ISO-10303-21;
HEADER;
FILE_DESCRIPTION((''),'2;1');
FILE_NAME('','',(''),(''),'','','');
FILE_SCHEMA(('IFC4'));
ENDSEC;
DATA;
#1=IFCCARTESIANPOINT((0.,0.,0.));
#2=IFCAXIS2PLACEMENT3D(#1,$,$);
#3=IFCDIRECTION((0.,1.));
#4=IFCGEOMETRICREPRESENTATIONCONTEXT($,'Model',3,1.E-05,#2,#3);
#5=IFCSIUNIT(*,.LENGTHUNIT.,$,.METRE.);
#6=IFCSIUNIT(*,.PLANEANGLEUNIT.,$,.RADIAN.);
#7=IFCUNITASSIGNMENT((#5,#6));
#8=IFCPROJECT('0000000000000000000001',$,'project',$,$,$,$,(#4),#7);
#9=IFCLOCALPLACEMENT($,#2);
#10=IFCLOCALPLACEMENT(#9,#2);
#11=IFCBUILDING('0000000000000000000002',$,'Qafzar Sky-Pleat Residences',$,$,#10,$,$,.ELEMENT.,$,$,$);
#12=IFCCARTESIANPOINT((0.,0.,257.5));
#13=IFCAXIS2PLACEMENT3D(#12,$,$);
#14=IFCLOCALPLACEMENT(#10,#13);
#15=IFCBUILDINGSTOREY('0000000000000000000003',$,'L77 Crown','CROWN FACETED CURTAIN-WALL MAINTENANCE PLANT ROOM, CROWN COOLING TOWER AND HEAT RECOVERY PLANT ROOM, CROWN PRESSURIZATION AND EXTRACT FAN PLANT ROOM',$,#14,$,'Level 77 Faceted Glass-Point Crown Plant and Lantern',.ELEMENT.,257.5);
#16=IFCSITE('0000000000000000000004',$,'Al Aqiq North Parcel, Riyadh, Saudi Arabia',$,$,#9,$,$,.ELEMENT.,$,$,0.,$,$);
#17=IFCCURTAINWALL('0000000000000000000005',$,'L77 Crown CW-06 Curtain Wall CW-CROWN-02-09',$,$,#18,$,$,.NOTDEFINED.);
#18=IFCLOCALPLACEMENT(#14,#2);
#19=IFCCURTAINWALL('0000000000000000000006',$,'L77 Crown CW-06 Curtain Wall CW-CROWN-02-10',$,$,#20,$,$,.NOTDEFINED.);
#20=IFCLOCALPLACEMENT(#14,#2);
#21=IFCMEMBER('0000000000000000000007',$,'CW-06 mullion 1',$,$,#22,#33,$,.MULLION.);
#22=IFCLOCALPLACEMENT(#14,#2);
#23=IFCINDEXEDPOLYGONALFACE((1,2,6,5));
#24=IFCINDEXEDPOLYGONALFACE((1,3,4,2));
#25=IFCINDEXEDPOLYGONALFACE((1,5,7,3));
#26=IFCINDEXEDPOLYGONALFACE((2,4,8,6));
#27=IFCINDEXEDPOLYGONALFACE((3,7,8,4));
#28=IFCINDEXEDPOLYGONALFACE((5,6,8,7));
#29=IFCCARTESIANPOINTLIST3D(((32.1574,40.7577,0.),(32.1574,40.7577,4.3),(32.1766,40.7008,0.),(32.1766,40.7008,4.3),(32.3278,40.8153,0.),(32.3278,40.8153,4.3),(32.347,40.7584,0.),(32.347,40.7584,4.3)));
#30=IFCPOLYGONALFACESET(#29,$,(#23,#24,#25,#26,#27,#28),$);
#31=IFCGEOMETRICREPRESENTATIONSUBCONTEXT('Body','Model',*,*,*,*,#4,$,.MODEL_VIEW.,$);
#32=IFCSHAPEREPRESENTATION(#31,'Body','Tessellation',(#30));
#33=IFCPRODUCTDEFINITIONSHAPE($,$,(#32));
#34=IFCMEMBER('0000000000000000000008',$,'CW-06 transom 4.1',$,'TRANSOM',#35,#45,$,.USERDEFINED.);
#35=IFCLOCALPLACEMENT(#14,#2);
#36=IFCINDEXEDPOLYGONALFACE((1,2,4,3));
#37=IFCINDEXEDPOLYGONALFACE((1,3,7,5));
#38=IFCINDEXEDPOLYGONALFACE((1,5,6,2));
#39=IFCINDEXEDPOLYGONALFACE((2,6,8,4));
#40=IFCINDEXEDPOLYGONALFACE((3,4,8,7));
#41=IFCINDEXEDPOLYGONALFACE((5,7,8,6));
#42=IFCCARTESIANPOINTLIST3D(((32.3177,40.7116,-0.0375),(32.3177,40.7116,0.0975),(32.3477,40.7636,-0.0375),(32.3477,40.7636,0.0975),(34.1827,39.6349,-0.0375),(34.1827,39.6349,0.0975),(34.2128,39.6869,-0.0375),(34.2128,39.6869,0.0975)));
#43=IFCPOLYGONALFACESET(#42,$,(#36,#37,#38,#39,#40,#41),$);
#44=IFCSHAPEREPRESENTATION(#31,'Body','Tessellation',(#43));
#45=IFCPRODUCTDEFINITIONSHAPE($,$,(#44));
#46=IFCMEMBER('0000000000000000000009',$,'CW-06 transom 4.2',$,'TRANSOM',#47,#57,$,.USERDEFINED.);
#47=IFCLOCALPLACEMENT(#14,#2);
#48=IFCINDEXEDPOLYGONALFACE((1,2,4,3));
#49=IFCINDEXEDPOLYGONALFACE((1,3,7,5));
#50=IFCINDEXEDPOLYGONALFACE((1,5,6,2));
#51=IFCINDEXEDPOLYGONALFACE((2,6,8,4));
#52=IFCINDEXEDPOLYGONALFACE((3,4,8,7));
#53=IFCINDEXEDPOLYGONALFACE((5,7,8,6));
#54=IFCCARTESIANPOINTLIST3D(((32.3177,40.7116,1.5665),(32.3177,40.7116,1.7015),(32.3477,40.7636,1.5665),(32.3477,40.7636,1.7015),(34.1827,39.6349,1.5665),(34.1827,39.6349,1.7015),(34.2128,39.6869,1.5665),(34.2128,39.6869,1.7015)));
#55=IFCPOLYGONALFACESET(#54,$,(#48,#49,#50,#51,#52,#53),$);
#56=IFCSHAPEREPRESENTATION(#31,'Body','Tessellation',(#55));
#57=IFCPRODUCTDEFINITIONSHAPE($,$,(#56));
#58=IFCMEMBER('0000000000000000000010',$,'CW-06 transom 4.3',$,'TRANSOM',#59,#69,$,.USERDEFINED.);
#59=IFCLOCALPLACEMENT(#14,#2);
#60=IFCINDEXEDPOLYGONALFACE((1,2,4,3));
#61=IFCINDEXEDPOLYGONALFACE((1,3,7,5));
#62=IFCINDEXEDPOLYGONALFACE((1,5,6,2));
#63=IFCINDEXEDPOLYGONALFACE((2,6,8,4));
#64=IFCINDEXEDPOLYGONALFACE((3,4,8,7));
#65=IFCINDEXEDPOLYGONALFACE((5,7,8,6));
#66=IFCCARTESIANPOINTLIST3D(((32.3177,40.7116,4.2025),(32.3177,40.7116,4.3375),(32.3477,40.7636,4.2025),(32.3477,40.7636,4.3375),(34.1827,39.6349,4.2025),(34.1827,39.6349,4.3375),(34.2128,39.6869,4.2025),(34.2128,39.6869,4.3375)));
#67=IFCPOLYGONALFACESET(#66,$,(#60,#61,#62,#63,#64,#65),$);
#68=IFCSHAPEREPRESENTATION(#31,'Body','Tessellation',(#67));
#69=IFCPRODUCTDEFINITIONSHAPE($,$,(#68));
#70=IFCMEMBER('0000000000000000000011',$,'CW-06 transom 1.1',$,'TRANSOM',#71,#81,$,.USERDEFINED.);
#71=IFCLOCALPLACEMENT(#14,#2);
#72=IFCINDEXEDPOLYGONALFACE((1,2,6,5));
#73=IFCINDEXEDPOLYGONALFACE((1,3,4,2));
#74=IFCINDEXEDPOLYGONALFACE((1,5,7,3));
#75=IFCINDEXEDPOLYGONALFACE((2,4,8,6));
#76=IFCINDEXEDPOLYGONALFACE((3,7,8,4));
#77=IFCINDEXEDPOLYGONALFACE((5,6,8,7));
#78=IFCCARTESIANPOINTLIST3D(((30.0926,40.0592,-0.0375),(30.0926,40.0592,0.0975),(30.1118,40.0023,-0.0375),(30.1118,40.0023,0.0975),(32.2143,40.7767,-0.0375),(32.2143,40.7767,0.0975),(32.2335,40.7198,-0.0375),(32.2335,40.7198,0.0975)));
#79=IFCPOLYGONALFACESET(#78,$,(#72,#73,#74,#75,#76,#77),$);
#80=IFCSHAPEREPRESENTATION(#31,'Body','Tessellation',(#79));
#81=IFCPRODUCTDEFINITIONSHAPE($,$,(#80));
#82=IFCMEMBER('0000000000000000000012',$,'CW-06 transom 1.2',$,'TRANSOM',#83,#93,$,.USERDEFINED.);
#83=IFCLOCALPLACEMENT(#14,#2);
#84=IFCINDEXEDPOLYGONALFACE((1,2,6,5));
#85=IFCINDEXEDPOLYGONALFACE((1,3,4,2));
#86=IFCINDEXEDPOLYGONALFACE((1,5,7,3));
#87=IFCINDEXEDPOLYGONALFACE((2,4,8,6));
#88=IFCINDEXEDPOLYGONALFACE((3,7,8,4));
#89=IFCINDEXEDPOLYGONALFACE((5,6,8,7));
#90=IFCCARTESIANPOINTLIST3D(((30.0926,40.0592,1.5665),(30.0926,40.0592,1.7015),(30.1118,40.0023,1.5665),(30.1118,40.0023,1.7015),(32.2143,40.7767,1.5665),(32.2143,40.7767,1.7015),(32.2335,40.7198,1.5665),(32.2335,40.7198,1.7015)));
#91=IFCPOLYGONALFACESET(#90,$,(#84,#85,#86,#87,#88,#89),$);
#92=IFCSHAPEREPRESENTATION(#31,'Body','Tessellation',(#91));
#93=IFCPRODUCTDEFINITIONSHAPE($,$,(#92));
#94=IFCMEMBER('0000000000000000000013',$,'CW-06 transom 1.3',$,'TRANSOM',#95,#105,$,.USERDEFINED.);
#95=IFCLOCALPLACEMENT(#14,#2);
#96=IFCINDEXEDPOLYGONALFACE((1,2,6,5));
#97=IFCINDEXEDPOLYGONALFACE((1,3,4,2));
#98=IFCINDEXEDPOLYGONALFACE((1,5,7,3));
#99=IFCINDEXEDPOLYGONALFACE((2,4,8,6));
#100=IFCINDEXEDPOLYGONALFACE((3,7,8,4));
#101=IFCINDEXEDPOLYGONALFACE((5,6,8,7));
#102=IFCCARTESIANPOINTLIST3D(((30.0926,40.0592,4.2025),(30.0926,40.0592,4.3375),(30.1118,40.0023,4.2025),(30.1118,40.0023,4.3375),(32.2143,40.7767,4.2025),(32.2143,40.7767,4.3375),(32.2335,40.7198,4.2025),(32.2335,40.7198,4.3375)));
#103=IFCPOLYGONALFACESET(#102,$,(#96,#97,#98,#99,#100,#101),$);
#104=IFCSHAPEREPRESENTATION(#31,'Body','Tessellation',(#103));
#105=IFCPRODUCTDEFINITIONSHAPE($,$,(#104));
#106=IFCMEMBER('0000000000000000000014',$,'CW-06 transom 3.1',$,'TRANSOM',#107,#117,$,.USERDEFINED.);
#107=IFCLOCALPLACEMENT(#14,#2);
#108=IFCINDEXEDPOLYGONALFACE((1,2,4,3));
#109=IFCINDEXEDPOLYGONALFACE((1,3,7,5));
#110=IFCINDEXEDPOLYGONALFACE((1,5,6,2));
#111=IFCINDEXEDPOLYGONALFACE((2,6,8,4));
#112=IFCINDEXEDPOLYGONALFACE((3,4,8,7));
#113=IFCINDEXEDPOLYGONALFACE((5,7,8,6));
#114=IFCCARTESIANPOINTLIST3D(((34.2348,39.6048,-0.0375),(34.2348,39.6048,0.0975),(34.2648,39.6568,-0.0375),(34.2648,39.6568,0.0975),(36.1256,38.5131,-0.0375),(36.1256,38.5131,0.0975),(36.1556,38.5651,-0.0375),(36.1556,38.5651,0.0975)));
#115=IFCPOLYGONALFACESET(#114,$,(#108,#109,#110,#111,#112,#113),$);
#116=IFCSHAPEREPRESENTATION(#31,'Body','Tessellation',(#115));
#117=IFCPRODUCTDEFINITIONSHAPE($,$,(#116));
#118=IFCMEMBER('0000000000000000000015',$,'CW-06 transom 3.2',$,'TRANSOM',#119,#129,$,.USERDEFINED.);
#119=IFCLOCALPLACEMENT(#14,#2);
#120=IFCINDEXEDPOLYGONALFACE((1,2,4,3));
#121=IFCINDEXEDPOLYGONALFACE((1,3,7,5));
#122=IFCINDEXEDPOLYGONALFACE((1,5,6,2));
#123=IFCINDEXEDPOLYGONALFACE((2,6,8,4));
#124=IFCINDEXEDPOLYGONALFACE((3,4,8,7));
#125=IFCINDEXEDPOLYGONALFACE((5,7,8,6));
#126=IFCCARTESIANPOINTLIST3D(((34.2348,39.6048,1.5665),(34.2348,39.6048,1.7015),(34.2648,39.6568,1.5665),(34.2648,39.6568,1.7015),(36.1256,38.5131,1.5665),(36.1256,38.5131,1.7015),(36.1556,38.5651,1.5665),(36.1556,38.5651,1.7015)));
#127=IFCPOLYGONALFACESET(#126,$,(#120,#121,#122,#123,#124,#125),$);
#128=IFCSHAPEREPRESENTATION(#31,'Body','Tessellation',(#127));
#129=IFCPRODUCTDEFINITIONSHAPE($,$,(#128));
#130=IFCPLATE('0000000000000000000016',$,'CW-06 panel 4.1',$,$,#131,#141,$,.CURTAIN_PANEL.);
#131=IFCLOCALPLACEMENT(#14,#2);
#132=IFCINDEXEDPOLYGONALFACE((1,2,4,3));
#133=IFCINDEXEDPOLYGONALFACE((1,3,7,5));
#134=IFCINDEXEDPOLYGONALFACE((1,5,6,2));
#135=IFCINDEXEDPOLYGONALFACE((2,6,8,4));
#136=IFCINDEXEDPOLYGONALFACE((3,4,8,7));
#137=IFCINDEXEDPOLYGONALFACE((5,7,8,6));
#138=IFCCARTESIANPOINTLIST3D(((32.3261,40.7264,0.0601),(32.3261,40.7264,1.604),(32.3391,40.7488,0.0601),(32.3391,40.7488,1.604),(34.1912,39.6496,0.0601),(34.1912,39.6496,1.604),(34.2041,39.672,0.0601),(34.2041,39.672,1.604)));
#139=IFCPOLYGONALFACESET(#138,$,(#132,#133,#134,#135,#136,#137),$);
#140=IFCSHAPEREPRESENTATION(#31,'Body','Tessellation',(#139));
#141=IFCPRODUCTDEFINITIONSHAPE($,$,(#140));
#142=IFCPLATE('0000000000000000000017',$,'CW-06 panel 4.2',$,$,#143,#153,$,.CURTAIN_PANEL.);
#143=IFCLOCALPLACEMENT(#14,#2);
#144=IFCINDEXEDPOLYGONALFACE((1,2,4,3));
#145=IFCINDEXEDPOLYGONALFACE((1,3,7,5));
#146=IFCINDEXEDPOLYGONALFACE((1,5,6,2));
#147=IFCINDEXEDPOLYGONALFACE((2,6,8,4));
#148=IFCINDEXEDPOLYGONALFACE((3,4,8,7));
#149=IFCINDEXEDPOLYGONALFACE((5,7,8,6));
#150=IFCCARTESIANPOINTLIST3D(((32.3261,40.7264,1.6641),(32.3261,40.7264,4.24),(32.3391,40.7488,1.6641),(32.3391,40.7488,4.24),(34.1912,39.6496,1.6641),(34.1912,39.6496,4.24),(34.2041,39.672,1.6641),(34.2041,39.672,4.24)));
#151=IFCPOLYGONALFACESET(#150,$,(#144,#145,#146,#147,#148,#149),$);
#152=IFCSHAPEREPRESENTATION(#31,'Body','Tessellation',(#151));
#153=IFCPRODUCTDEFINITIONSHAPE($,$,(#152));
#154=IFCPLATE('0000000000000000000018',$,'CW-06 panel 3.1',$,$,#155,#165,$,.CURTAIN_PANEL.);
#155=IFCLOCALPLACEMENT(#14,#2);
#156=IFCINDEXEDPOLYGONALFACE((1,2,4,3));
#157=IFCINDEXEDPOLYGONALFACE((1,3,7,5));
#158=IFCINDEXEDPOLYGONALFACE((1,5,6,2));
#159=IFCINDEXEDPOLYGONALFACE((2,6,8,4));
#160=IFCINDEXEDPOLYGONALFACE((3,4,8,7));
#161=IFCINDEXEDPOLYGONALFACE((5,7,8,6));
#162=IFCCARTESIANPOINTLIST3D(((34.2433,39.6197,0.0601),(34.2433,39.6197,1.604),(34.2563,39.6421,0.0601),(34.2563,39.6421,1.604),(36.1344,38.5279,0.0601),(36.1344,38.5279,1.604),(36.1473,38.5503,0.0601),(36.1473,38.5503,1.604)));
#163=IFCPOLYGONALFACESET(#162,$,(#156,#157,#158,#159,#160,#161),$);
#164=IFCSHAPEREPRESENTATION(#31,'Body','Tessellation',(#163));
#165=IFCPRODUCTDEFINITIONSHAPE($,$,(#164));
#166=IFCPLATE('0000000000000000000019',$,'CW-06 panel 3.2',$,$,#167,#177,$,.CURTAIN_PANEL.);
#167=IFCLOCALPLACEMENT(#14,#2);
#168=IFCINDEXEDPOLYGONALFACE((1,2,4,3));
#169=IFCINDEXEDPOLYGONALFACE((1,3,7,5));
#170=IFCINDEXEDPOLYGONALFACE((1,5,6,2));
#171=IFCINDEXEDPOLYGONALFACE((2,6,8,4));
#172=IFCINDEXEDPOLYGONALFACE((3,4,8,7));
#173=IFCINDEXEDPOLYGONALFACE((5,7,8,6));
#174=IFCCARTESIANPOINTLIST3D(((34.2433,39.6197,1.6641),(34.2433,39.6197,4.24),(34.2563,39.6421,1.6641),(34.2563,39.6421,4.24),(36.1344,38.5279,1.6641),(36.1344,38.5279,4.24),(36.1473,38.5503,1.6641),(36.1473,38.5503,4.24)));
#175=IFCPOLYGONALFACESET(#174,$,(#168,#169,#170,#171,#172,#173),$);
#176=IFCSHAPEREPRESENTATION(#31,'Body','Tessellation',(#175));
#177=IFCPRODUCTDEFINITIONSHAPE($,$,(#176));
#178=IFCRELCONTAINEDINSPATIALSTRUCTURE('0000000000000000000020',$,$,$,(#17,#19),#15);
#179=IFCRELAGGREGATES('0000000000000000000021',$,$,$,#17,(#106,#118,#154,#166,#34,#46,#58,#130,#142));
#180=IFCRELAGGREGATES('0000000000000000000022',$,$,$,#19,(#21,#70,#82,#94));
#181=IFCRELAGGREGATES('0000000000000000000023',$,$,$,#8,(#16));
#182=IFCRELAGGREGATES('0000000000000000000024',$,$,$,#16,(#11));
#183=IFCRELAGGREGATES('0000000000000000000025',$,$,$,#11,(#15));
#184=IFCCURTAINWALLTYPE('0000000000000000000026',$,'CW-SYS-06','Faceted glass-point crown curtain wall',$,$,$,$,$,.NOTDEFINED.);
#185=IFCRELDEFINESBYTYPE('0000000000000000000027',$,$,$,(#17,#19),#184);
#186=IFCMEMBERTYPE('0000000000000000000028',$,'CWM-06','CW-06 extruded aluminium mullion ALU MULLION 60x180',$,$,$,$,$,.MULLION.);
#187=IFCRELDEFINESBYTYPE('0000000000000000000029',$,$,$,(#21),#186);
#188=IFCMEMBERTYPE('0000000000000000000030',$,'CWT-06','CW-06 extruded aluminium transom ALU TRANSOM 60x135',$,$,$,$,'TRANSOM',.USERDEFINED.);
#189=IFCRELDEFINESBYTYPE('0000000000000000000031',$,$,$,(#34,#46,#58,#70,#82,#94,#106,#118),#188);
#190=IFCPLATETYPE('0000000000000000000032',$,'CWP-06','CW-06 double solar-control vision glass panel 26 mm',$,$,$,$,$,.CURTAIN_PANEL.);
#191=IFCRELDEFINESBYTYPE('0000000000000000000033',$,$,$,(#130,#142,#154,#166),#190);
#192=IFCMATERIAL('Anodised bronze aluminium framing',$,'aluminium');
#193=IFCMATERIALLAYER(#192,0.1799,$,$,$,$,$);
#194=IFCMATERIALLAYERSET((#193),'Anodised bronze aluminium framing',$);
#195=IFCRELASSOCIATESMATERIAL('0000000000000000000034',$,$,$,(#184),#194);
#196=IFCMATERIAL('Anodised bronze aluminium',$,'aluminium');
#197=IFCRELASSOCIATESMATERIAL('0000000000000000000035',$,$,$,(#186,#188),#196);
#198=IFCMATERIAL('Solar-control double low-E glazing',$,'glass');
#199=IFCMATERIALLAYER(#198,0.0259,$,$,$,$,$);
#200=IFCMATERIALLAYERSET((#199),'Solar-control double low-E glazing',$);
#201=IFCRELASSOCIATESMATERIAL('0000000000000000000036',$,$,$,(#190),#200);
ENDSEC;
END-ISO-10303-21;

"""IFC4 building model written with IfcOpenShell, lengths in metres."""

from ifc_helpers import new_model, si_unit, direction, frame, origin, origin_2d, place, context, subcontext, project, spatial, rectangle, extrude, source, transform, mapped, material, layer, layer_set, material_profile, profile_set, type_object, element, aggregate, save


model = new_model("IFC4")

# Units and contexts
model_context = context("Model", 3, precision=1e-05, world=origin(), true_north=direction((0.0, 1.0)))
body_context = subcontext(model_context, "Body", "Model", "MODEL_VIEW")
ifc_project = project(units=[si_unit("LENGTHUNIT", "METRE"), si_unit("PLANEANGLEUNIT", "RADIAN")], contexts=[model_context])

# Site, building, storey
site_placement = place(None, origin())
site = spatial("IfcSite", under=ifc_project, at=site_placement, Name="Al Aqiq North Parcel, Riyadh, Saudi Arabia", CompositionType="ELEMENT", RefElevation=0.0)
building_placement = place(site_placement, origin())
building = spatial("IfcBuilding", under=site, at=building_placement, Name="Qafzar Sky-Pleat Residences", CompositionType="ELEMENT")
storey_placement = place(building_placement, frame((0.0, 0.0, 257.5)))
storey = spatial("IfcBuildingStorey", under=building, at=storey_placement, Name="L77 Crown", Description="CROWN FACETED CURTAIN-WALL MAINTENANCE PLANT ROOM, CROWN COOLING TOWER AND HEAT RECOVERY PLANT ROOM, CROWN PRESSURIZATION AND EXTRACT FAN PLANT ROOM", LongName="Level 77 Faceted Glass-Point Crown Plant and Lantern", CompositionType="ELEMENT", Elevation=257.5)

# Curtain wall
ifc_material_1 = material(Name="Anodised bronze aluminium framing", Category="aluminium")
ifc_layer_1 = layer(ifc_material_1, 0.1799)
ifc_layer_set_1 = layer_set([ifc_layer_1], Name="Anodised bronze aluminium framing")
curtain_wall_type = type_object("IfcCurtainWallType", Name="CW-SYS-06", Description="Faceted glass-point crown curtain wall", PredefinedType="NOTDEFINED", material=ifc_layer_set_1)
curtain_wall_1_placement = place(storey_placement, origin())
curtain_wall_1 = element("IfcCurtainWall", 1, at=curtain_wall_1_placement, inside=storey, type_object=curtain_wall_type, Name="L77 Crown CW-06 Curtain Wall CW-CROWN-02-09", PredefinedType="NOTDEFINED")
ifc_material_2 = material(Name="Anodised bronze aluminium", Category="aluminium")
ifc_material_profile_1 = material_profile(ifc_material_2, rectangle(XDim=0.0601, YDim=0.1799, at=origin_2d()), Name="ALU MULLION 60x180")
ifc_profile_set_1 = profile_set([ifc_material_profile_1], Name="Anodised bronze aluminium")
member_type_1 = type_object("IfcMemberType", Name="CWM-06", Description="CW-06 extruded aluminium mullion ALU MULLION 60x180", PredefinedType="MULLION", material=ifc_profile_set_1)
shared_shape_1 = source(origin(), body_context, "Body", "SweptSolid", [
    extrude(rectangle(XDim=0.0601, YDim=0.1799, at=origin_2d()), origin(), (0.0, 0.0, 1.0), 4.3),
])

# Curtain wall, member
curtain_wall_2_placement = place(storey_placement, origin())
curtain_wall_2 = element("IfcCurtainWall", 2, at=curtain_wall_2_placement, inside=storey, type_object=curtain_wall_type, Name="L77 Crown CW-06 Curtain Wall CW-CROWN-02-10", PredefinedType="NOTDEFINED")
member_1_placement = place(storey_placement, frame((32.2522, 40.7581, 0.0), z_axis=(0.0, 0.0, 1.0), x_axis=(0.320448, -0.947266, 0.0)))
member_1 = element("IfcMember", 3, at=member_1_placement, type_object=member_type_1, Name="CW-06 mullion 1", PredefinedType="MULLION", context=body_context, shape_type="MappedRepresentation", body=[
    mapped(shared_shape_1, transform((0.0, 0.0, 0.0), x_axis=(1.0, 0.0, 0.0), y_axis=(0.0, 1.0, 0.0), z_axis=(0.0, 0.0, 1.0), scale=1.0)),
])

# Members
ifc_material_profile_2 = material_profile(ifc_material_2, rectangle(XDim=0.0601, YDim=0.135, at=origin_2d()), Name="ALU TRANSOM 60x135")
ifc_profile_set_2 = profile_set([ifc_material_profile_2], Name="Anodised bronze aluminium")
member_type_2 = type_object("IfcMemberType", Name="CWT-06", Description="CW-06 extruded aluminium transom ALU TRANSOM 60x135", ElementType="TRANSOM", PredefinedType="USERDEFINED", material=ifc_profile_set_2)
shared_shape_2 = source(origin(), body_context, "Body", "SweptSolid", [
    extrude(rectangle(XDim=0.0601, YDim=0.135, at=origin_2d()), origin(), (0.0, 0.0, 1.0), 2.1536),
])
member_2_placement = place(storey_placement, frame((34.1978, 39.6609, 0.03), z_axis=(-0.866044, 0.499968, 0.0), x_axis=(-0.499968, -0.866044, 0.0)))
member_2 = element("IfcMember", 4, at=member_2_placement, type_object=member_type_2, Name="CW-06 transom 4.1", ObjectType="TRANSOM", PredefinedType="USERDEFINED", context=body_context, shape_type="MappedRepresentation", body=[
    mapped(shared_shape_2, transform((0.0, 0.0, 0.0), x_axis=(1.0, 0.0, 0.0), y_axis=(0.0, 1.0, 0.0), z_axis=(0.0, 0.0, 1.0), scale=1.0)),
])
member_3_placement = place(storey_placement, frame((34.1978, 39.6609, 1.634), z_axis=(-0.866044, 0.499968, 0.0), x_axis=(-0.499968, -0.866044, 0.0)))
member_3 = element("IfcMember", 5, at=member_3_placement, type_object=member_type_2, Name="CW-06 transom 4.2", ObjectType="TRANSOM", PredefinedType="USERDEFINED", context=body_context, shape_type="MappedRepresentation", body=[
    mapped(shared_shape_2, transform((0.0, 0.0, 0.0), x_axis=(1.0, 0.0, 0.0), y_axis=(0.0, 1.0, 0.0), z_axis=(0.0, 0.0, 1.0), scale=1.0)),
])
member_4_placement = place(storey_placement, frame((34.1978, 39.6609, 4.27), z_axis=(-0.866044, 0.499968, 0.0), x_axis=(-0.499968, -0.866044, 0.0)))
member_4 = element("IfcMember", 6, at=member_4_placement, type_object=member_type_2, Name="CW-06 transom 4.3", ObjectType="TRANSOM", PredefinedType="USERDEFINED", context=body_context, shape_type="MappedRepresentation", body=[
    mapped(shared_shape_2, transform((0.0, 0.0, 0.0), x_axis=(1.0, 0.0, 0.0), y_axis=(0.0, 1.0, 0.0), z_axis=(0.0, 0.0, 1.0), scale=1.0)),
])
shared_shape_3 = source(origin(), body_context, "Body", "SweptSolid", [
    extrude(rectangle(XDim=0.0601, YDim=0.135, at=origin_2d()), origin(), (0.0, 0.0, 1.0), 2.2397),
])
member_5_placement = place(storey_placement, frame((32.2239, 40.7483, 0.03), z_axis=(-0.94729, -0.320378, 0.0), x_axis=(0.320378, -0.94729, 0.0)))
member_5 = element("IfcMember", 7, at=member_5_placement, type_object=member_type_2, Name="CW-06 transom 1.1", ObjectType="TRANSOM", PredefinedType="USERDEFINED", context=body_context, shape_type="MappedRepresentation", body=[
    mapped(shared_shape_3, transform((0.0, 0.0, 0.0), x_axis=(1.0, 0.0, 0.0), y_axis=(0.0, 1.0, 0.0), z_axis=(0.0, 0.0, 1.0), scale=1.0)),
])
member_6_placement = place(storey_placement, frame((32.2239, 40.7483, 1.634), z_axis=(-0.94729, -0.320378, 0.0), x_axis=(0.320378, -0.94729, 0.0)))
member_6 = element("IfcMember", 8, at=member_6_placement, type_object=member_type_2, Name="CW-06 transom 1.2", ObjectType="TRANSOM", PredefinedType="USERDEFINED", context=body_context, shape_type="MappedRepresentation", body=[
    mapped(shared_shape_3, transform((0.0, 0.0, 0.0), x_axis=(1.0, 0.0, 0.0), y_axis=(0.0, 1.0, 0.0), z_axis=(0.0, 0.0, 1.0), scale=1.0)),
])
member_7_placement = place(storey_placement, frame((32.2239, 40.7483, 4.27), z_axis=(-0.94729, -0.320378, 0.0), x_axis=(0.320378, -0.94729, 0.0)))
member_7 = element("IfcMember", 9, at=member_7_placement, type_object=member_type_2, Name="CW-06 transom 1.3", ObjectType="TRANSOM", PredefinedType="USERDEFINED", context=body_context, shape_type="MappedRepresentation", body=[
    mapped(shared_shape_3, transform((0.0, 0.0, 0.0), x_axis=(1.0, 0.0, 0.0), y_axis=(0.0, 1.0, 0.0), z_axis=(0.0, 0.0, 1.0), scale=1.0)),
])
shared_shape_4 = source(origin(), body_context, "Body", "SweptSolid", [
    extrude(rectangle(XDim=0.0601, YDim=0.135, at=origin_2d()), origin(), (0.0, 0.0, 1.0), 2.1833),
])
member_8_placement = place(storey_placement, frame((36.1406, 38.5391, 0.03), z_axis=(-0.866005, 0.500035, 0.0), x_axis=(-0.500035, -0.866005, 0.0)))
member_8 = element("IfcMember", 10, at=member_8_placement, type_object=member_type_2, Name="CW-06 transom 3.1", ObjectType="TRANSOM", PredefinedType="USERDEFINED", context=body_context, shape_type="MappedRepresentation", body=[
    mapped(shared_shape_4, transform((0.0, 0.0, 0.0), x_axis=(1.0, 0.0, 0.0), y_axis=(0.0, 1.0, 0.0), z_axis=(0.0, 0.0, 1.0), scale=1.0)),
])
member_9_placement = place(storey_placement, frame((36.1406, 38.5391, 1.634), z_axis=(-0.866005, 0.500035, 0.0), x_axis=(-0.500035, -0.866005, 0.0)))
member_9 = element("IfcMember", 11, at=member_9_placement, type_object=member_type_2, Name="CW-06 transom 3.2", ObjectType="TRANSOM", PredefinedType="USERDEFINED", context=body_context, shape_type="MappedRepresentation", body=[
    mapped(shared_shape_4, transform((0.0, 0.0, 0.0), x_axis=(1.0, 0.0, 0.0), y_axis=(0.0, 1.0, 0.0), z_axis=(0.0, 0.0, 1.0), scale=1.0)),
])

# Plates
ifc_material_3 = material(Name="Solar-control double low-E glazing", Category="glass")
ifc_layer_2 = layer(ifc_material_3, 0.0259)
ifc_layer_set_2 = layer_set([ifc_layer_2], Name="Solar-control double low-E glazing")
plate_type = type_object("IfcPlateType", Name="CWP-06", Description="CW-06 double solar-control vision glass panel 26 mm", PredefinedType="CURTAIN_PANEL", material=ifc_layer_set_2)
shared_shape_5 = source(origin(), body_context, "Body", "SweptSolid", [
    extrude(rectangle(XDim=2.1536, YDim=0.0259, at=origin_2d()), origin(), (0.0, 0.0, 1.0), 1.5439),
])
plate_1_placement = place(storey_placement, frame((33.2651, 40.1992, 0.0601), z_axis=(0.0, 0.0, 1.0), x_axis=(-0.866024, 0.500003, 0.0)))
plate_1 = element("IfcPlate", 12, at=plate_1_placement, type_object=plate_type, Name="CW-06 panel 4.1", PredefinedType="CURTAIN_PANEL", context=body_context, shape_type="MappedRepresentation", body=[
    mapped(shared_shape_5, transform((0.0, 0.0, 0.0), x_axis=(1.0, 0.0, 0.0), y_axis=(0.0, 1.0, 0.0), z_axis=(0.0, 0.0, 1.0), scale=1.0)),
])
shared_shape_6 = source(origin(), body_context, "Body", "SweptSolid", [
    extrude(rectangle(XDim=2.1536, YDim=0.0259, at=origin_2d()), origin(), (0.0, 0.0, 1.0), 2.5759),
])
plate_2_placement = place(storey_placement, frame((33.2651, 40.1992, 1.6641), z_axis=(0.0, 0.0, 1.0), x_axis=(-0.866024, 0.500003, 0.0)))
plate_2 = element("IfcPlate", 13, at=plate_2_placement, type_object=plate_type, Name="CW-06 panel 4.2", PredefinedType="CURTAIN_PANEL", context=body_context, shape_type="MappedRepresentation", body=[
    mapped(shared_shape_6, transform((0.0, 0.0, 0.0), x_axis=(1.0, 0.0, 0.0), y_axis=(0.0, 1.0, 0.0), z_axis=(0.0, 0.0, 1.0), scale=1.0)),
])
shared_shape_7 = source(origin(), body_context, "Body", "SweptSolid", [
    extrude(rectangle(XDim=2.1836, YDim=0.0259, at=origin_2d()), origin(), (0.0, 0.0, 1.0), 1.5439),
])
plate_3_placement = place(storey_placement, frame((35.1953, 39.085, 0.0601), z_axis=(0.0, 0.0, 1.0), x_axis=(-0.866024, 0.500003, 0.0)))
plate_3 = element("IfcPlate", 14, at=plate_3_placement, type_object=plate_type, Name="CW-06 panel 3.1", PredefinedType="CURTAIN_PANEL", context=body_context, shape_type="MappedRepresentation", body=[
    mapped(shared_shape_7, transform((0.0, 0.0, 0.0), x_axis=(1.0, 0.0, 0.0), y_axis=(0.0, 1.0, 0.0), z_axis=(0.0, 0.0, 1.0), scale=1.0)),
])
shared_shape_8 = source(origin(), body_context, "Body", "SweptSolid", [
    extrude(rectangle(XDim=2.1836, YDim=0.0259, at=origin_2d()), origin(), (0.0, 0.0, 1.0), 2.5759),
])
plate_4_placement = place(storey_placement, frame((35.1953, 39.085, 1.6641), z_axis=(0.0, 0.0, 1.0), x_axis=(-0.866024, 0.500003, 0.0)))
plate_4 = element("IfcPlate", 15, at=plate_4_placement, type_object=plate_type, Name="CW-06 panel 3.2", PredefinedType="CURTAIN_PANEL", context=body_context, shape_type="MappedRepresentation", body=[
    mapped(shared_shape_8, transform((0.0, 0.0, 0.0), x_axis=(1.0, 0.0, 0.0), y_axis=(0.0, 1.0, 0.0), z_axis=(0.0, 0.0, 1.0), scale=1.0)),
])
aggregate(curtain_wall_1, [member_8, member_9, plate_3, plate_4, member_2, member_3, member_4, plate_1, plate_2])
aggregate(curtain_wall_2, [member_1, member_5, member_6, member_7])

save(model, "model.ifc")
